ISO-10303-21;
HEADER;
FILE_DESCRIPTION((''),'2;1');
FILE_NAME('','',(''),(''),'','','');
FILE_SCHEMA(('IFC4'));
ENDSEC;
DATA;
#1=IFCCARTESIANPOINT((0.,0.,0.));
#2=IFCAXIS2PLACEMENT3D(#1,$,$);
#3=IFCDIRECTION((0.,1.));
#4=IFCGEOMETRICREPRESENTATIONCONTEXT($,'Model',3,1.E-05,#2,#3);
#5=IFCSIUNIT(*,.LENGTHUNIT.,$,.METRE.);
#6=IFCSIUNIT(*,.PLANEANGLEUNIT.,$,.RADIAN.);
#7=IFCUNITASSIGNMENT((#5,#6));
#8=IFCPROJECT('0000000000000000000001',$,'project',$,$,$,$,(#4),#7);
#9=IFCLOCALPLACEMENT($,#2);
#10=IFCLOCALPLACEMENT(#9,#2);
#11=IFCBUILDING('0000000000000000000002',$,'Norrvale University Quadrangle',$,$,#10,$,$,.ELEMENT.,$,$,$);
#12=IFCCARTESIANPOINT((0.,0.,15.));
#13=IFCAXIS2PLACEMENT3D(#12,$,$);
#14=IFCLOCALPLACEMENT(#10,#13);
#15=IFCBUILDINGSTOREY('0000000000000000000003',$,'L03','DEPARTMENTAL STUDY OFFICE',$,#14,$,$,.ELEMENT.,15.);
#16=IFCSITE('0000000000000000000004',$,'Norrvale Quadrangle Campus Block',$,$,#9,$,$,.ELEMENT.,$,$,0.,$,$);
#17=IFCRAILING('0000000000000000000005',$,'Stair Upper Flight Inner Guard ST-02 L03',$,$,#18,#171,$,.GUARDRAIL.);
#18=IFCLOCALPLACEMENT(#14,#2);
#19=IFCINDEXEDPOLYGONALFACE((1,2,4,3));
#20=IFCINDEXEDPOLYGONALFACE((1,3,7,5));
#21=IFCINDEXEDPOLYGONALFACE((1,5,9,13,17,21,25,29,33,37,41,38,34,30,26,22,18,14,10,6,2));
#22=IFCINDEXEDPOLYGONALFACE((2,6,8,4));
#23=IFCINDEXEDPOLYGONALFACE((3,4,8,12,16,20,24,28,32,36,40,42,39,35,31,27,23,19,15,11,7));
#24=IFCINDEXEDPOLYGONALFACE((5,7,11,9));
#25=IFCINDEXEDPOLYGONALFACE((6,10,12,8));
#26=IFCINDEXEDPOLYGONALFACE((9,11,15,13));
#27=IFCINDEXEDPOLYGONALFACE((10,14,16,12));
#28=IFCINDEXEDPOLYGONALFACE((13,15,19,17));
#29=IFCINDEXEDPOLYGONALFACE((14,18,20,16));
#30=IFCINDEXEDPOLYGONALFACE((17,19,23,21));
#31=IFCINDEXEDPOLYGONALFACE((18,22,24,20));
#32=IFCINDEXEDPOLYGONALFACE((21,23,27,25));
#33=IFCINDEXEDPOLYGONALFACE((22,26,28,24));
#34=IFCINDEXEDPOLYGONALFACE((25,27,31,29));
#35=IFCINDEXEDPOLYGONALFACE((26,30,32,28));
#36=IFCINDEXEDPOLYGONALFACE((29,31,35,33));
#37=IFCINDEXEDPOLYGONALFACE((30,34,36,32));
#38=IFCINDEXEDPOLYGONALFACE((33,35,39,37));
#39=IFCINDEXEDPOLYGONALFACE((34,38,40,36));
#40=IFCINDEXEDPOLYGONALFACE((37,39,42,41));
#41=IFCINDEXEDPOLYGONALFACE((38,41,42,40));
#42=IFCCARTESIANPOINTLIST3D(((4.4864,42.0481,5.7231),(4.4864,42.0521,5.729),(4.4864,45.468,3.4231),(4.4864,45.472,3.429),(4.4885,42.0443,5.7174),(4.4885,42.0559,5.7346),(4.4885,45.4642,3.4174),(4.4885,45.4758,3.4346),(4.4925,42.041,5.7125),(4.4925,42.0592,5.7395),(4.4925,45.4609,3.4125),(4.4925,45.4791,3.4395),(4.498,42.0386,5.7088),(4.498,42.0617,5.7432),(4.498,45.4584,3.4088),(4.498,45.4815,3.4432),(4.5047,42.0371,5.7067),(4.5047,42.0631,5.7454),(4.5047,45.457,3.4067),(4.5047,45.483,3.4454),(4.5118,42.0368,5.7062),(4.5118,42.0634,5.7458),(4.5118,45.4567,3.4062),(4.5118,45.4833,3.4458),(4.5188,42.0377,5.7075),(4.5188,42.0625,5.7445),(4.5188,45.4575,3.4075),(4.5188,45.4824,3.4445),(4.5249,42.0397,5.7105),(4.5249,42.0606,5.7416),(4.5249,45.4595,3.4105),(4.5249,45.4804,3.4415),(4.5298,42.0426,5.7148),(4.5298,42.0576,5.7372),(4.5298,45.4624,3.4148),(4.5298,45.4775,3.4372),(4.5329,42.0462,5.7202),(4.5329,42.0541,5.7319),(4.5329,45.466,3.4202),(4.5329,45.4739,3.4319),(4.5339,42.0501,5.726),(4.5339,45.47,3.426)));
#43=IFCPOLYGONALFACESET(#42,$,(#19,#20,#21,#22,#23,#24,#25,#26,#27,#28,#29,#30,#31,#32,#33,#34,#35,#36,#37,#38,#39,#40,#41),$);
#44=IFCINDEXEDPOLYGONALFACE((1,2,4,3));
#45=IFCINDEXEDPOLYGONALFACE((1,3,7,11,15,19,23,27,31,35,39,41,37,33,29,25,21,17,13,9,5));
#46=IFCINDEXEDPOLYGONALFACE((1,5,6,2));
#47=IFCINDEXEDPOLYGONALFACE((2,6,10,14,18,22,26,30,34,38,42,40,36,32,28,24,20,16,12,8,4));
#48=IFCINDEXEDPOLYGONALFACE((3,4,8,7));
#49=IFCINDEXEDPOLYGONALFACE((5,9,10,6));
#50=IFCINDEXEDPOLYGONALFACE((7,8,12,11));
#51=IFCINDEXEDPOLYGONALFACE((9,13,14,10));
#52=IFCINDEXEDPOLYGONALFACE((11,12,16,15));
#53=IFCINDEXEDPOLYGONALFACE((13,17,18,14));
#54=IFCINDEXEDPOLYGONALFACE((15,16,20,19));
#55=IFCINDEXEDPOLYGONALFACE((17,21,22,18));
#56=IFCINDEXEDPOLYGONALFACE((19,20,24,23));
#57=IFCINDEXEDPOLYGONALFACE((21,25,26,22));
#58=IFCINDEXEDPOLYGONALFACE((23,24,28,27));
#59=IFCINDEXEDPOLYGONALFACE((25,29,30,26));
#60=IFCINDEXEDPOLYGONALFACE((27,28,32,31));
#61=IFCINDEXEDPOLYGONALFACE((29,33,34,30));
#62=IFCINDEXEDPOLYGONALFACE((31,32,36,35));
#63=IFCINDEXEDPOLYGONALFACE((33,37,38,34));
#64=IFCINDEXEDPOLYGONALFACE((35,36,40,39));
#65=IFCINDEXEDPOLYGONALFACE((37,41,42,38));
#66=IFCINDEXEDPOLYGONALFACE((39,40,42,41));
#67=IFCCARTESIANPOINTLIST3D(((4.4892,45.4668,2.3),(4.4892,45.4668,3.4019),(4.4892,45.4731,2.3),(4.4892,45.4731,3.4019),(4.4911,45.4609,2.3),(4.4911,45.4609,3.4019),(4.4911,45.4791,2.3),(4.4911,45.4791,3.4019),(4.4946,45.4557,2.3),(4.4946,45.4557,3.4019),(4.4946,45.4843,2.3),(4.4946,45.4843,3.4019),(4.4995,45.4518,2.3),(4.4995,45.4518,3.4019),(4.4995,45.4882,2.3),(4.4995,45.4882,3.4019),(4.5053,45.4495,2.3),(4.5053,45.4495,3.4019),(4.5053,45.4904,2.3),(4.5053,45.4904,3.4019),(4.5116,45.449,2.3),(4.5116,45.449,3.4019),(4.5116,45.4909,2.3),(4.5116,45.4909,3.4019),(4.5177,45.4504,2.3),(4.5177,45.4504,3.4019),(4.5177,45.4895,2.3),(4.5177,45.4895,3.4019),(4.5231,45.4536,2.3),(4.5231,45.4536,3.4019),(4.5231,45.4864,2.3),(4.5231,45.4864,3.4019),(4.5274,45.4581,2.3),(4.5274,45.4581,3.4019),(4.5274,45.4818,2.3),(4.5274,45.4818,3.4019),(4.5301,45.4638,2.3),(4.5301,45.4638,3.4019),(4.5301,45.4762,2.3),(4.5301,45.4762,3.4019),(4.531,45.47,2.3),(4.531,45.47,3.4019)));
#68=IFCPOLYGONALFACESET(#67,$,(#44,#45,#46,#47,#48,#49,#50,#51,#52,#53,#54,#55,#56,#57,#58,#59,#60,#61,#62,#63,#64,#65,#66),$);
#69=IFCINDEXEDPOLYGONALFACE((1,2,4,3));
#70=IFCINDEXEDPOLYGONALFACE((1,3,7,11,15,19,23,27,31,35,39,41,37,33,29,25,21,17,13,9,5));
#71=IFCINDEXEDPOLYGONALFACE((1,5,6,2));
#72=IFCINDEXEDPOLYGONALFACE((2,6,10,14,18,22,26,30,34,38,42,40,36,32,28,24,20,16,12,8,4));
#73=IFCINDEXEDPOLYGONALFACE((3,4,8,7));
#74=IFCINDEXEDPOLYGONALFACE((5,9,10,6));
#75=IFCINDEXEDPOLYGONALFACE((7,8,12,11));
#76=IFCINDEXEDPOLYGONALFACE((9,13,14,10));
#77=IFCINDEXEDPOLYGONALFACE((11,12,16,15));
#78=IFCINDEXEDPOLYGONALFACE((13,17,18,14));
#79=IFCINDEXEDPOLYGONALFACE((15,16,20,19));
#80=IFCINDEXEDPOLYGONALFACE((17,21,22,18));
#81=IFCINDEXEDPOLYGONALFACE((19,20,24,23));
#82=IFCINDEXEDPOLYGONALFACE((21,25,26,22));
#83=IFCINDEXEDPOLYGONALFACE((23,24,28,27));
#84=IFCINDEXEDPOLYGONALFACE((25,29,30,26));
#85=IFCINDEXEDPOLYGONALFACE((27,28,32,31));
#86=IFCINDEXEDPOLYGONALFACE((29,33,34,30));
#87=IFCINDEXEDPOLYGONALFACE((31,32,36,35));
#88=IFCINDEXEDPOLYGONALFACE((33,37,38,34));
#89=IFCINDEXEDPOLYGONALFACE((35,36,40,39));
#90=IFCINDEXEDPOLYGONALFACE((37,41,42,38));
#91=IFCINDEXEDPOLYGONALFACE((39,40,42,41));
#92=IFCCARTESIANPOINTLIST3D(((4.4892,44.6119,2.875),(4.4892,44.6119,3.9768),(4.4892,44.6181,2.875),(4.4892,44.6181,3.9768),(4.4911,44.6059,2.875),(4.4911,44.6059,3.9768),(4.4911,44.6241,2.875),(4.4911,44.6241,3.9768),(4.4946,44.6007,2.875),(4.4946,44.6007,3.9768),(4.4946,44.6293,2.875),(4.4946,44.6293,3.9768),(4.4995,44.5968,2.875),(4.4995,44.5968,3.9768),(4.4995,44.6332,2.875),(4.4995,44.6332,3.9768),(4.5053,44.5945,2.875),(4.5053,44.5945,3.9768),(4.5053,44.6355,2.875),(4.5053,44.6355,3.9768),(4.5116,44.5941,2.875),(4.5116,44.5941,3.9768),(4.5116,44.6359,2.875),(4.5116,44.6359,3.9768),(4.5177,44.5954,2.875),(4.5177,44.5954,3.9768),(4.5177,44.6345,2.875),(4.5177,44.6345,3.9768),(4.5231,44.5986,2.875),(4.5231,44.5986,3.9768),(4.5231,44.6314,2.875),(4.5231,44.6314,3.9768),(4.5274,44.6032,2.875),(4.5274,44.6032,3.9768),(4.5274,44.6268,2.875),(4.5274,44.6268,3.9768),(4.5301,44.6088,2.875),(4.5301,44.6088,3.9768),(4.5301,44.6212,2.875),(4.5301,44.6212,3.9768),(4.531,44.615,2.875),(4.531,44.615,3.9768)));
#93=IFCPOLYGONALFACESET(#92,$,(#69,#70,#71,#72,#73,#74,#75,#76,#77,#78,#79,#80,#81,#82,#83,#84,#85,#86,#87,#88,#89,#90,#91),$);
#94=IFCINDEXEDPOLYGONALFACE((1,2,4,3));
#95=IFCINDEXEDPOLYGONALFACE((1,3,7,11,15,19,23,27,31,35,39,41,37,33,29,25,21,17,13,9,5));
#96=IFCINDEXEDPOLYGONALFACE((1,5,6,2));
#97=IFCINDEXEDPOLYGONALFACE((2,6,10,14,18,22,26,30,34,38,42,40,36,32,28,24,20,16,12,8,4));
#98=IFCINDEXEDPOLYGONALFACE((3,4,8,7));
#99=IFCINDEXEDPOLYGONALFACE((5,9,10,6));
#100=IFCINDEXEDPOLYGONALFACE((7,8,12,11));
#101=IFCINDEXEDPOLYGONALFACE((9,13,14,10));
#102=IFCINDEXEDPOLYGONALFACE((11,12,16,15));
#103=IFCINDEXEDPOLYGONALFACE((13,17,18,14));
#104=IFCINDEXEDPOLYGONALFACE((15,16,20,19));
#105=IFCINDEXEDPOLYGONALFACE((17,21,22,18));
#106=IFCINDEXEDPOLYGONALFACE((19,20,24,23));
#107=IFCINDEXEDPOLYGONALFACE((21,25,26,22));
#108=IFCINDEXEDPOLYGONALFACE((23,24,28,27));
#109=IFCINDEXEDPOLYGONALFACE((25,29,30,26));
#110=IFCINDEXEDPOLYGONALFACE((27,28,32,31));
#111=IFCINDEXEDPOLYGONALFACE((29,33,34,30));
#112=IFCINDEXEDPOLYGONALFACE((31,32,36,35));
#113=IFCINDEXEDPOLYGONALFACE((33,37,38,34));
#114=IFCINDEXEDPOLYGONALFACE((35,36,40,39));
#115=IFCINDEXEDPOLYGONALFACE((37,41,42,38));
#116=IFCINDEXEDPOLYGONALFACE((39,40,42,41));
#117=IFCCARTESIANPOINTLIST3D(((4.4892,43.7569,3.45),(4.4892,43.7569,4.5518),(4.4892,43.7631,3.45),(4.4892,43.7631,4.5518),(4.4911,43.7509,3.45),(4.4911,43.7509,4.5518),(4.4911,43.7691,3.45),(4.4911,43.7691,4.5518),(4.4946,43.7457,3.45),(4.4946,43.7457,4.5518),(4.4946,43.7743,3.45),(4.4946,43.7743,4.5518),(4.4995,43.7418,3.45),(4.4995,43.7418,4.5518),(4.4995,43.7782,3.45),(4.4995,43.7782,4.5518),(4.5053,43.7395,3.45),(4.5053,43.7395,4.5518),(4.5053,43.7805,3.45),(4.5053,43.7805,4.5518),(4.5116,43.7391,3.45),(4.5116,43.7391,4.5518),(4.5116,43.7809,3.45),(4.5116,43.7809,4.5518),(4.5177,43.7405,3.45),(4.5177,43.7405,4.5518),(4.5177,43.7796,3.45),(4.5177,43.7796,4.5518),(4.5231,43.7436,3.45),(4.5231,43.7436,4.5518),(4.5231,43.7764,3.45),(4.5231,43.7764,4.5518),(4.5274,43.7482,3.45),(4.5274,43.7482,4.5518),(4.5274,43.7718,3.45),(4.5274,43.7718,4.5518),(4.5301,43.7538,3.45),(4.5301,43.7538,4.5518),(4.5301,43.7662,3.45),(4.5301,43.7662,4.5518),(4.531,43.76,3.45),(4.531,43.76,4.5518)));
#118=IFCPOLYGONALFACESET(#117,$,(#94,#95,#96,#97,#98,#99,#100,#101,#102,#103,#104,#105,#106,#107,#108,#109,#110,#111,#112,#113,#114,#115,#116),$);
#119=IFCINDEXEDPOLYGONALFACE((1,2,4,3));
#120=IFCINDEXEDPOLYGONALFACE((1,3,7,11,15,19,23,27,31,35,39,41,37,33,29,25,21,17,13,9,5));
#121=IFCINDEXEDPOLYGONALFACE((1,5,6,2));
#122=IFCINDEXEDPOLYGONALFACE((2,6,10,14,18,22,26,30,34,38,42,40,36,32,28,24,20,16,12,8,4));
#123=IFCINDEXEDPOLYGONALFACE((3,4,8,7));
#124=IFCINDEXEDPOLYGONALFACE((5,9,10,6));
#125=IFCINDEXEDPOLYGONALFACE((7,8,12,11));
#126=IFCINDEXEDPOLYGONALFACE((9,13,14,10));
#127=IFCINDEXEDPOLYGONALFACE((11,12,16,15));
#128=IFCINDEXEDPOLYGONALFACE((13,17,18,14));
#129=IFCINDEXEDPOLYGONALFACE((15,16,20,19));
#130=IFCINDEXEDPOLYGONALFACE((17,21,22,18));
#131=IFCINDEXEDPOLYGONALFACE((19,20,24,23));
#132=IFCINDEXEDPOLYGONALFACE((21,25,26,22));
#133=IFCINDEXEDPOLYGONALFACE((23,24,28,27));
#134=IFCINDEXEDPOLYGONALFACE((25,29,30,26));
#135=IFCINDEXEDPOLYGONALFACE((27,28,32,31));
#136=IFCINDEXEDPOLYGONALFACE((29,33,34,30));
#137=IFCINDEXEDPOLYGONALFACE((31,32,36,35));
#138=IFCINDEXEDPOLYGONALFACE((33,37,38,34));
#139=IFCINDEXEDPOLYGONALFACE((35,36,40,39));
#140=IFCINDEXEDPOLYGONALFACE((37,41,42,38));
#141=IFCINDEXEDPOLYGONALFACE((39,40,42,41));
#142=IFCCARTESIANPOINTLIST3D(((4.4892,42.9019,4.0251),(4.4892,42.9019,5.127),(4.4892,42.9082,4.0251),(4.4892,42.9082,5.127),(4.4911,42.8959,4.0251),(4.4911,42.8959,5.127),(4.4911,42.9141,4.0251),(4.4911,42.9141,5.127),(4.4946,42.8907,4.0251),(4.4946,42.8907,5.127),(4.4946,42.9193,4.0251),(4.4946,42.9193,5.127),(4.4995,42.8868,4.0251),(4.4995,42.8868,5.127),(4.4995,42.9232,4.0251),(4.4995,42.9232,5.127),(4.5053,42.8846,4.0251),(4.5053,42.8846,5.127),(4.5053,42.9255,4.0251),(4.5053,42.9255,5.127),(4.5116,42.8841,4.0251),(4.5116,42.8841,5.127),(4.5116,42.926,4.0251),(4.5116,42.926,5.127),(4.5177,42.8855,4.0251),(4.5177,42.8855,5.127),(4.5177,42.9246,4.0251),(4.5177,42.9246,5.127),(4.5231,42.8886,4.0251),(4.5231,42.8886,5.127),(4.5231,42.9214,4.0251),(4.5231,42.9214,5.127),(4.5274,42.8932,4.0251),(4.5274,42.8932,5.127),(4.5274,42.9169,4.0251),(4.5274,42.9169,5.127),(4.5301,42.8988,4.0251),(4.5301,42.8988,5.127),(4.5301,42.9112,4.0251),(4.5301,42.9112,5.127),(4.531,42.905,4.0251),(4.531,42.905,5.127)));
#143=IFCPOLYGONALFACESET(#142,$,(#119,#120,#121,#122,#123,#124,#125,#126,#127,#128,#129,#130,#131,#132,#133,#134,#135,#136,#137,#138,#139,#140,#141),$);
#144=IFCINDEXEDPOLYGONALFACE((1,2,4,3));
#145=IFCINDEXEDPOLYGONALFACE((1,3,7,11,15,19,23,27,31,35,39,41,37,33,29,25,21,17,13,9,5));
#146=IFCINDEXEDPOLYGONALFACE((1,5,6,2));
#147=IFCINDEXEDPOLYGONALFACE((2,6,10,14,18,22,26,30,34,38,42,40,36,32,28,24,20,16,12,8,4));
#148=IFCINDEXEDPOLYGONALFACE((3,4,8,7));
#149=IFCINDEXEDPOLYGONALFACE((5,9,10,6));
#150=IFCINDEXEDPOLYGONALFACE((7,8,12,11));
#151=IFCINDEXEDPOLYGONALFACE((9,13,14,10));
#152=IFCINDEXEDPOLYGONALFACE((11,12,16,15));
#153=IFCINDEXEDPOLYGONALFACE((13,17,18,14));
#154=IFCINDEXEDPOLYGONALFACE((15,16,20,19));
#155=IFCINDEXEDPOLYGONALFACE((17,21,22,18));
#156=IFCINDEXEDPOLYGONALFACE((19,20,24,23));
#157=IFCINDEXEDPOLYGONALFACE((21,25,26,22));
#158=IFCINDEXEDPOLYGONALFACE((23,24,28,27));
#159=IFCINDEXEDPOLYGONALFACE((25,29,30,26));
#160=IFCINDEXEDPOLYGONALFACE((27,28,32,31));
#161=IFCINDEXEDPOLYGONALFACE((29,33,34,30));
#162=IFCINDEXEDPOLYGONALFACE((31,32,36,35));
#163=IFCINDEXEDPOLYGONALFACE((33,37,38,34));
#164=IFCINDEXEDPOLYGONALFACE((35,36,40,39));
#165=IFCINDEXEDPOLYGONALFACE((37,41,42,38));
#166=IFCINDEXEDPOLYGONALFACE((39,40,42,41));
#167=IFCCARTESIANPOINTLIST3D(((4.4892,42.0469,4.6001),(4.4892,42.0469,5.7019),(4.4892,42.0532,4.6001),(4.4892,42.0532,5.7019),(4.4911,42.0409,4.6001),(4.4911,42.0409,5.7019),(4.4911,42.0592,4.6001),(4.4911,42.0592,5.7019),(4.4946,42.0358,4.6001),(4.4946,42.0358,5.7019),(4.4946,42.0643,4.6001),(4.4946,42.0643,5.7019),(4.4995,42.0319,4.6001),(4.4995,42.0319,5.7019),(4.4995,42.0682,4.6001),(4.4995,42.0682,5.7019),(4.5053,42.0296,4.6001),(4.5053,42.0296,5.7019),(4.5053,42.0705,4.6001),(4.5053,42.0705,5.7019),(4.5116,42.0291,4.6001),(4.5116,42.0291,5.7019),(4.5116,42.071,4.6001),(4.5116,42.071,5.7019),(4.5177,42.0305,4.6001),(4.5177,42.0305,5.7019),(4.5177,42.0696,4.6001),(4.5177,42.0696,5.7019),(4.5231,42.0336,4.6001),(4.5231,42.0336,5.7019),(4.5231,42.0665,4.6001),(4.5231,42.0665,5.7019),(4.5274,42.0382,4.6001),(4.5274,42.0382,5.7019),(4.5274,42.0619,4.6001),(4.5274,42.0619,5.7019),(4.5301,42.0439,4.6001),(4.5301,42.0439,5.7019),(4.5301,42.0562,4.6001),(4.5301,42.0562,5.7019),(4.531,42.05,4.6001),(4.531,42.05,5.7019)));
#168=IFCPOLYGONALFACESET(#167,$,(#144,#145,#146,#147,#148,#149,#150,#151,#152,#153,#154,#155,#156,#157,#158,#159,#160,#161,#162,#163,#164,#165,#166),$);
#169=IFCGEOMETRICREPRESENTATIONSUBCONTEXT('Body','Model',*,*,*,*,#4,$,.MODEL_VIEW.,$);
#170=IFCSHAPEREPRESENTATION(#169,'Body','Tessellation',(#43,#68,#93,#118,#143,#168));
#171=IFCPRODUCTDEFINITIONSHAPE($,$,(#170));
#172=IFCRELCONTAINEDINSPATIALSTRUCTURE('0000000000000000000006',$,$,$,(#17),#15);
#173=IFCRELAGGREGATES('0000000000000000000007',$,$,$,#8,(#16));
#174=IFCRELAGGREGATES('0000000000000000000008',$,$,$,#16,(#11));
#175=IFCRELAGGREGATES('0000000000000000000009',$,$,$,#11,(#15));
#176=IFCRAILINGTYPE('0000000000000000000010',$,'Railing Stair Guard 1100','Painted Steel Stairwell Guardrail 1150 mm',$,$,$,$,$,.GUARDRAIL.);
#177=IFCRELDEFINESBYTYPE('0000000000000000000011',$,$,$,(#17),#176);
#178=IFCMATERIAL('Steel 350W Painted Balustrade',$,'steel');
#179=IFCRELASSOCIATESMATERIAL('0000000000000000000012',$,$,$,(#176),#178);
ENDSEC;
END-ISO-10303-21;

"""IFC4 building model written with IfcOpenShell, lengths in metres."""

from ifc_helpers import new_model, si_unit, direction, frame, origin, origin_2d, place, context, subcontext, project, spatial, circle, extrude, material, type_object, element, save


model = new_model("IFC4")

# Units and contexts
model_context = context("Model", 3, precision=1e-05, world=origin(), true_north=direction((0.0, 1.0)))
body_context = subcontext(model_context, "Body", "Model", "MODEL_VIEW")
ifc_project = project(units=[si_unit("LENGTHUNIT", "METRE"), si_unit("PLANEANGLEUNIT", "RADIAN")], contexts=[model_context])

# Site, building, storey
site_placement = place(None, origin())
site = spatial("IfcSite", under=ifc_project, at=site_placement, Name="Norrvale Quadrangle Campus Block", CompositionType="ELEMENT", RefElevation=0.0)
building_placement = place(site_placement, origin())
building = spatial("IfcBuilding", under=site, at=building_placement, Name="Norrvale University Quadrangle", CompositionType="ELEMENT")
storey_placement = place(building_placement, frame((0.0, 0.0, 15.0)))
storey = spatial("IfcBuildingStorey", under=building, at=storey_placement, Name="L03", Description="DEPARTMENTAL STUDY OFFICE", CompositionType="ELEMENT", Elevation=15.0)

# Railing
ifc_material_1 = material(Name="Steel 350W Painted Balustrade", Category="steel")
railing_type_1 = type_object("IfcRailingType", Name="Railing Stair Guard 1100", Description="Painted Steel Stairwell Guardrail 1150 mm", PredefinedType="GUARDRAIL", material=ifc_material_1)
railing_1_placement = place(storey_placement, frame((4.51, 45.47, 2.3)))
element("IfcRailing", 1, at=railing_1_placement, inside=storey, type_object=railing_type_1, Name="Stair Upper Flight Inner Guard ST-02 L03", PredefinedType="GUARDRAIL", context=body_context, shape_type="SweptSolid", body=[
    extrude(circle(Radius=0.0239, at=origin_2d()), frame((0.0, 0.0, 1.126), z_axis=(0.0, -0.829792, 0.558072), x_axis=(1.0, 0.0, 0.0)), (0.0, 0.0, 1.0), 4.1213),
    extrude(circle(Radius=0.021, at=origin_2d()), origin(), (0.0, 0.0, 1.0), 1.1018),
    extrude(circle(Radius=0.021, at=origin_2d()), frame((0.0, -0.855, 0.575)), (0.0, 0.0, 1.0), 1.1018),
    extrude(circle(Radius=0.021, at=origin_2d()), frame((0.0, -1.71, 1.1499)), (0.0, 0.0, 1.0), 1.1018),
    extrude(circle(Radius=0.021, at=origin_2d()), frame((0.0, -2.5649, 1.7251)), (0.0, 0.0, 1.0), 1.1018),
    extrude(circle(Radius=0.021, at=origin_2d()), frame((0.0, -3.4199, 2.3)), (0.0, 0.0, 1.0), 1.1018),
])

save(model, "model.ifc")
